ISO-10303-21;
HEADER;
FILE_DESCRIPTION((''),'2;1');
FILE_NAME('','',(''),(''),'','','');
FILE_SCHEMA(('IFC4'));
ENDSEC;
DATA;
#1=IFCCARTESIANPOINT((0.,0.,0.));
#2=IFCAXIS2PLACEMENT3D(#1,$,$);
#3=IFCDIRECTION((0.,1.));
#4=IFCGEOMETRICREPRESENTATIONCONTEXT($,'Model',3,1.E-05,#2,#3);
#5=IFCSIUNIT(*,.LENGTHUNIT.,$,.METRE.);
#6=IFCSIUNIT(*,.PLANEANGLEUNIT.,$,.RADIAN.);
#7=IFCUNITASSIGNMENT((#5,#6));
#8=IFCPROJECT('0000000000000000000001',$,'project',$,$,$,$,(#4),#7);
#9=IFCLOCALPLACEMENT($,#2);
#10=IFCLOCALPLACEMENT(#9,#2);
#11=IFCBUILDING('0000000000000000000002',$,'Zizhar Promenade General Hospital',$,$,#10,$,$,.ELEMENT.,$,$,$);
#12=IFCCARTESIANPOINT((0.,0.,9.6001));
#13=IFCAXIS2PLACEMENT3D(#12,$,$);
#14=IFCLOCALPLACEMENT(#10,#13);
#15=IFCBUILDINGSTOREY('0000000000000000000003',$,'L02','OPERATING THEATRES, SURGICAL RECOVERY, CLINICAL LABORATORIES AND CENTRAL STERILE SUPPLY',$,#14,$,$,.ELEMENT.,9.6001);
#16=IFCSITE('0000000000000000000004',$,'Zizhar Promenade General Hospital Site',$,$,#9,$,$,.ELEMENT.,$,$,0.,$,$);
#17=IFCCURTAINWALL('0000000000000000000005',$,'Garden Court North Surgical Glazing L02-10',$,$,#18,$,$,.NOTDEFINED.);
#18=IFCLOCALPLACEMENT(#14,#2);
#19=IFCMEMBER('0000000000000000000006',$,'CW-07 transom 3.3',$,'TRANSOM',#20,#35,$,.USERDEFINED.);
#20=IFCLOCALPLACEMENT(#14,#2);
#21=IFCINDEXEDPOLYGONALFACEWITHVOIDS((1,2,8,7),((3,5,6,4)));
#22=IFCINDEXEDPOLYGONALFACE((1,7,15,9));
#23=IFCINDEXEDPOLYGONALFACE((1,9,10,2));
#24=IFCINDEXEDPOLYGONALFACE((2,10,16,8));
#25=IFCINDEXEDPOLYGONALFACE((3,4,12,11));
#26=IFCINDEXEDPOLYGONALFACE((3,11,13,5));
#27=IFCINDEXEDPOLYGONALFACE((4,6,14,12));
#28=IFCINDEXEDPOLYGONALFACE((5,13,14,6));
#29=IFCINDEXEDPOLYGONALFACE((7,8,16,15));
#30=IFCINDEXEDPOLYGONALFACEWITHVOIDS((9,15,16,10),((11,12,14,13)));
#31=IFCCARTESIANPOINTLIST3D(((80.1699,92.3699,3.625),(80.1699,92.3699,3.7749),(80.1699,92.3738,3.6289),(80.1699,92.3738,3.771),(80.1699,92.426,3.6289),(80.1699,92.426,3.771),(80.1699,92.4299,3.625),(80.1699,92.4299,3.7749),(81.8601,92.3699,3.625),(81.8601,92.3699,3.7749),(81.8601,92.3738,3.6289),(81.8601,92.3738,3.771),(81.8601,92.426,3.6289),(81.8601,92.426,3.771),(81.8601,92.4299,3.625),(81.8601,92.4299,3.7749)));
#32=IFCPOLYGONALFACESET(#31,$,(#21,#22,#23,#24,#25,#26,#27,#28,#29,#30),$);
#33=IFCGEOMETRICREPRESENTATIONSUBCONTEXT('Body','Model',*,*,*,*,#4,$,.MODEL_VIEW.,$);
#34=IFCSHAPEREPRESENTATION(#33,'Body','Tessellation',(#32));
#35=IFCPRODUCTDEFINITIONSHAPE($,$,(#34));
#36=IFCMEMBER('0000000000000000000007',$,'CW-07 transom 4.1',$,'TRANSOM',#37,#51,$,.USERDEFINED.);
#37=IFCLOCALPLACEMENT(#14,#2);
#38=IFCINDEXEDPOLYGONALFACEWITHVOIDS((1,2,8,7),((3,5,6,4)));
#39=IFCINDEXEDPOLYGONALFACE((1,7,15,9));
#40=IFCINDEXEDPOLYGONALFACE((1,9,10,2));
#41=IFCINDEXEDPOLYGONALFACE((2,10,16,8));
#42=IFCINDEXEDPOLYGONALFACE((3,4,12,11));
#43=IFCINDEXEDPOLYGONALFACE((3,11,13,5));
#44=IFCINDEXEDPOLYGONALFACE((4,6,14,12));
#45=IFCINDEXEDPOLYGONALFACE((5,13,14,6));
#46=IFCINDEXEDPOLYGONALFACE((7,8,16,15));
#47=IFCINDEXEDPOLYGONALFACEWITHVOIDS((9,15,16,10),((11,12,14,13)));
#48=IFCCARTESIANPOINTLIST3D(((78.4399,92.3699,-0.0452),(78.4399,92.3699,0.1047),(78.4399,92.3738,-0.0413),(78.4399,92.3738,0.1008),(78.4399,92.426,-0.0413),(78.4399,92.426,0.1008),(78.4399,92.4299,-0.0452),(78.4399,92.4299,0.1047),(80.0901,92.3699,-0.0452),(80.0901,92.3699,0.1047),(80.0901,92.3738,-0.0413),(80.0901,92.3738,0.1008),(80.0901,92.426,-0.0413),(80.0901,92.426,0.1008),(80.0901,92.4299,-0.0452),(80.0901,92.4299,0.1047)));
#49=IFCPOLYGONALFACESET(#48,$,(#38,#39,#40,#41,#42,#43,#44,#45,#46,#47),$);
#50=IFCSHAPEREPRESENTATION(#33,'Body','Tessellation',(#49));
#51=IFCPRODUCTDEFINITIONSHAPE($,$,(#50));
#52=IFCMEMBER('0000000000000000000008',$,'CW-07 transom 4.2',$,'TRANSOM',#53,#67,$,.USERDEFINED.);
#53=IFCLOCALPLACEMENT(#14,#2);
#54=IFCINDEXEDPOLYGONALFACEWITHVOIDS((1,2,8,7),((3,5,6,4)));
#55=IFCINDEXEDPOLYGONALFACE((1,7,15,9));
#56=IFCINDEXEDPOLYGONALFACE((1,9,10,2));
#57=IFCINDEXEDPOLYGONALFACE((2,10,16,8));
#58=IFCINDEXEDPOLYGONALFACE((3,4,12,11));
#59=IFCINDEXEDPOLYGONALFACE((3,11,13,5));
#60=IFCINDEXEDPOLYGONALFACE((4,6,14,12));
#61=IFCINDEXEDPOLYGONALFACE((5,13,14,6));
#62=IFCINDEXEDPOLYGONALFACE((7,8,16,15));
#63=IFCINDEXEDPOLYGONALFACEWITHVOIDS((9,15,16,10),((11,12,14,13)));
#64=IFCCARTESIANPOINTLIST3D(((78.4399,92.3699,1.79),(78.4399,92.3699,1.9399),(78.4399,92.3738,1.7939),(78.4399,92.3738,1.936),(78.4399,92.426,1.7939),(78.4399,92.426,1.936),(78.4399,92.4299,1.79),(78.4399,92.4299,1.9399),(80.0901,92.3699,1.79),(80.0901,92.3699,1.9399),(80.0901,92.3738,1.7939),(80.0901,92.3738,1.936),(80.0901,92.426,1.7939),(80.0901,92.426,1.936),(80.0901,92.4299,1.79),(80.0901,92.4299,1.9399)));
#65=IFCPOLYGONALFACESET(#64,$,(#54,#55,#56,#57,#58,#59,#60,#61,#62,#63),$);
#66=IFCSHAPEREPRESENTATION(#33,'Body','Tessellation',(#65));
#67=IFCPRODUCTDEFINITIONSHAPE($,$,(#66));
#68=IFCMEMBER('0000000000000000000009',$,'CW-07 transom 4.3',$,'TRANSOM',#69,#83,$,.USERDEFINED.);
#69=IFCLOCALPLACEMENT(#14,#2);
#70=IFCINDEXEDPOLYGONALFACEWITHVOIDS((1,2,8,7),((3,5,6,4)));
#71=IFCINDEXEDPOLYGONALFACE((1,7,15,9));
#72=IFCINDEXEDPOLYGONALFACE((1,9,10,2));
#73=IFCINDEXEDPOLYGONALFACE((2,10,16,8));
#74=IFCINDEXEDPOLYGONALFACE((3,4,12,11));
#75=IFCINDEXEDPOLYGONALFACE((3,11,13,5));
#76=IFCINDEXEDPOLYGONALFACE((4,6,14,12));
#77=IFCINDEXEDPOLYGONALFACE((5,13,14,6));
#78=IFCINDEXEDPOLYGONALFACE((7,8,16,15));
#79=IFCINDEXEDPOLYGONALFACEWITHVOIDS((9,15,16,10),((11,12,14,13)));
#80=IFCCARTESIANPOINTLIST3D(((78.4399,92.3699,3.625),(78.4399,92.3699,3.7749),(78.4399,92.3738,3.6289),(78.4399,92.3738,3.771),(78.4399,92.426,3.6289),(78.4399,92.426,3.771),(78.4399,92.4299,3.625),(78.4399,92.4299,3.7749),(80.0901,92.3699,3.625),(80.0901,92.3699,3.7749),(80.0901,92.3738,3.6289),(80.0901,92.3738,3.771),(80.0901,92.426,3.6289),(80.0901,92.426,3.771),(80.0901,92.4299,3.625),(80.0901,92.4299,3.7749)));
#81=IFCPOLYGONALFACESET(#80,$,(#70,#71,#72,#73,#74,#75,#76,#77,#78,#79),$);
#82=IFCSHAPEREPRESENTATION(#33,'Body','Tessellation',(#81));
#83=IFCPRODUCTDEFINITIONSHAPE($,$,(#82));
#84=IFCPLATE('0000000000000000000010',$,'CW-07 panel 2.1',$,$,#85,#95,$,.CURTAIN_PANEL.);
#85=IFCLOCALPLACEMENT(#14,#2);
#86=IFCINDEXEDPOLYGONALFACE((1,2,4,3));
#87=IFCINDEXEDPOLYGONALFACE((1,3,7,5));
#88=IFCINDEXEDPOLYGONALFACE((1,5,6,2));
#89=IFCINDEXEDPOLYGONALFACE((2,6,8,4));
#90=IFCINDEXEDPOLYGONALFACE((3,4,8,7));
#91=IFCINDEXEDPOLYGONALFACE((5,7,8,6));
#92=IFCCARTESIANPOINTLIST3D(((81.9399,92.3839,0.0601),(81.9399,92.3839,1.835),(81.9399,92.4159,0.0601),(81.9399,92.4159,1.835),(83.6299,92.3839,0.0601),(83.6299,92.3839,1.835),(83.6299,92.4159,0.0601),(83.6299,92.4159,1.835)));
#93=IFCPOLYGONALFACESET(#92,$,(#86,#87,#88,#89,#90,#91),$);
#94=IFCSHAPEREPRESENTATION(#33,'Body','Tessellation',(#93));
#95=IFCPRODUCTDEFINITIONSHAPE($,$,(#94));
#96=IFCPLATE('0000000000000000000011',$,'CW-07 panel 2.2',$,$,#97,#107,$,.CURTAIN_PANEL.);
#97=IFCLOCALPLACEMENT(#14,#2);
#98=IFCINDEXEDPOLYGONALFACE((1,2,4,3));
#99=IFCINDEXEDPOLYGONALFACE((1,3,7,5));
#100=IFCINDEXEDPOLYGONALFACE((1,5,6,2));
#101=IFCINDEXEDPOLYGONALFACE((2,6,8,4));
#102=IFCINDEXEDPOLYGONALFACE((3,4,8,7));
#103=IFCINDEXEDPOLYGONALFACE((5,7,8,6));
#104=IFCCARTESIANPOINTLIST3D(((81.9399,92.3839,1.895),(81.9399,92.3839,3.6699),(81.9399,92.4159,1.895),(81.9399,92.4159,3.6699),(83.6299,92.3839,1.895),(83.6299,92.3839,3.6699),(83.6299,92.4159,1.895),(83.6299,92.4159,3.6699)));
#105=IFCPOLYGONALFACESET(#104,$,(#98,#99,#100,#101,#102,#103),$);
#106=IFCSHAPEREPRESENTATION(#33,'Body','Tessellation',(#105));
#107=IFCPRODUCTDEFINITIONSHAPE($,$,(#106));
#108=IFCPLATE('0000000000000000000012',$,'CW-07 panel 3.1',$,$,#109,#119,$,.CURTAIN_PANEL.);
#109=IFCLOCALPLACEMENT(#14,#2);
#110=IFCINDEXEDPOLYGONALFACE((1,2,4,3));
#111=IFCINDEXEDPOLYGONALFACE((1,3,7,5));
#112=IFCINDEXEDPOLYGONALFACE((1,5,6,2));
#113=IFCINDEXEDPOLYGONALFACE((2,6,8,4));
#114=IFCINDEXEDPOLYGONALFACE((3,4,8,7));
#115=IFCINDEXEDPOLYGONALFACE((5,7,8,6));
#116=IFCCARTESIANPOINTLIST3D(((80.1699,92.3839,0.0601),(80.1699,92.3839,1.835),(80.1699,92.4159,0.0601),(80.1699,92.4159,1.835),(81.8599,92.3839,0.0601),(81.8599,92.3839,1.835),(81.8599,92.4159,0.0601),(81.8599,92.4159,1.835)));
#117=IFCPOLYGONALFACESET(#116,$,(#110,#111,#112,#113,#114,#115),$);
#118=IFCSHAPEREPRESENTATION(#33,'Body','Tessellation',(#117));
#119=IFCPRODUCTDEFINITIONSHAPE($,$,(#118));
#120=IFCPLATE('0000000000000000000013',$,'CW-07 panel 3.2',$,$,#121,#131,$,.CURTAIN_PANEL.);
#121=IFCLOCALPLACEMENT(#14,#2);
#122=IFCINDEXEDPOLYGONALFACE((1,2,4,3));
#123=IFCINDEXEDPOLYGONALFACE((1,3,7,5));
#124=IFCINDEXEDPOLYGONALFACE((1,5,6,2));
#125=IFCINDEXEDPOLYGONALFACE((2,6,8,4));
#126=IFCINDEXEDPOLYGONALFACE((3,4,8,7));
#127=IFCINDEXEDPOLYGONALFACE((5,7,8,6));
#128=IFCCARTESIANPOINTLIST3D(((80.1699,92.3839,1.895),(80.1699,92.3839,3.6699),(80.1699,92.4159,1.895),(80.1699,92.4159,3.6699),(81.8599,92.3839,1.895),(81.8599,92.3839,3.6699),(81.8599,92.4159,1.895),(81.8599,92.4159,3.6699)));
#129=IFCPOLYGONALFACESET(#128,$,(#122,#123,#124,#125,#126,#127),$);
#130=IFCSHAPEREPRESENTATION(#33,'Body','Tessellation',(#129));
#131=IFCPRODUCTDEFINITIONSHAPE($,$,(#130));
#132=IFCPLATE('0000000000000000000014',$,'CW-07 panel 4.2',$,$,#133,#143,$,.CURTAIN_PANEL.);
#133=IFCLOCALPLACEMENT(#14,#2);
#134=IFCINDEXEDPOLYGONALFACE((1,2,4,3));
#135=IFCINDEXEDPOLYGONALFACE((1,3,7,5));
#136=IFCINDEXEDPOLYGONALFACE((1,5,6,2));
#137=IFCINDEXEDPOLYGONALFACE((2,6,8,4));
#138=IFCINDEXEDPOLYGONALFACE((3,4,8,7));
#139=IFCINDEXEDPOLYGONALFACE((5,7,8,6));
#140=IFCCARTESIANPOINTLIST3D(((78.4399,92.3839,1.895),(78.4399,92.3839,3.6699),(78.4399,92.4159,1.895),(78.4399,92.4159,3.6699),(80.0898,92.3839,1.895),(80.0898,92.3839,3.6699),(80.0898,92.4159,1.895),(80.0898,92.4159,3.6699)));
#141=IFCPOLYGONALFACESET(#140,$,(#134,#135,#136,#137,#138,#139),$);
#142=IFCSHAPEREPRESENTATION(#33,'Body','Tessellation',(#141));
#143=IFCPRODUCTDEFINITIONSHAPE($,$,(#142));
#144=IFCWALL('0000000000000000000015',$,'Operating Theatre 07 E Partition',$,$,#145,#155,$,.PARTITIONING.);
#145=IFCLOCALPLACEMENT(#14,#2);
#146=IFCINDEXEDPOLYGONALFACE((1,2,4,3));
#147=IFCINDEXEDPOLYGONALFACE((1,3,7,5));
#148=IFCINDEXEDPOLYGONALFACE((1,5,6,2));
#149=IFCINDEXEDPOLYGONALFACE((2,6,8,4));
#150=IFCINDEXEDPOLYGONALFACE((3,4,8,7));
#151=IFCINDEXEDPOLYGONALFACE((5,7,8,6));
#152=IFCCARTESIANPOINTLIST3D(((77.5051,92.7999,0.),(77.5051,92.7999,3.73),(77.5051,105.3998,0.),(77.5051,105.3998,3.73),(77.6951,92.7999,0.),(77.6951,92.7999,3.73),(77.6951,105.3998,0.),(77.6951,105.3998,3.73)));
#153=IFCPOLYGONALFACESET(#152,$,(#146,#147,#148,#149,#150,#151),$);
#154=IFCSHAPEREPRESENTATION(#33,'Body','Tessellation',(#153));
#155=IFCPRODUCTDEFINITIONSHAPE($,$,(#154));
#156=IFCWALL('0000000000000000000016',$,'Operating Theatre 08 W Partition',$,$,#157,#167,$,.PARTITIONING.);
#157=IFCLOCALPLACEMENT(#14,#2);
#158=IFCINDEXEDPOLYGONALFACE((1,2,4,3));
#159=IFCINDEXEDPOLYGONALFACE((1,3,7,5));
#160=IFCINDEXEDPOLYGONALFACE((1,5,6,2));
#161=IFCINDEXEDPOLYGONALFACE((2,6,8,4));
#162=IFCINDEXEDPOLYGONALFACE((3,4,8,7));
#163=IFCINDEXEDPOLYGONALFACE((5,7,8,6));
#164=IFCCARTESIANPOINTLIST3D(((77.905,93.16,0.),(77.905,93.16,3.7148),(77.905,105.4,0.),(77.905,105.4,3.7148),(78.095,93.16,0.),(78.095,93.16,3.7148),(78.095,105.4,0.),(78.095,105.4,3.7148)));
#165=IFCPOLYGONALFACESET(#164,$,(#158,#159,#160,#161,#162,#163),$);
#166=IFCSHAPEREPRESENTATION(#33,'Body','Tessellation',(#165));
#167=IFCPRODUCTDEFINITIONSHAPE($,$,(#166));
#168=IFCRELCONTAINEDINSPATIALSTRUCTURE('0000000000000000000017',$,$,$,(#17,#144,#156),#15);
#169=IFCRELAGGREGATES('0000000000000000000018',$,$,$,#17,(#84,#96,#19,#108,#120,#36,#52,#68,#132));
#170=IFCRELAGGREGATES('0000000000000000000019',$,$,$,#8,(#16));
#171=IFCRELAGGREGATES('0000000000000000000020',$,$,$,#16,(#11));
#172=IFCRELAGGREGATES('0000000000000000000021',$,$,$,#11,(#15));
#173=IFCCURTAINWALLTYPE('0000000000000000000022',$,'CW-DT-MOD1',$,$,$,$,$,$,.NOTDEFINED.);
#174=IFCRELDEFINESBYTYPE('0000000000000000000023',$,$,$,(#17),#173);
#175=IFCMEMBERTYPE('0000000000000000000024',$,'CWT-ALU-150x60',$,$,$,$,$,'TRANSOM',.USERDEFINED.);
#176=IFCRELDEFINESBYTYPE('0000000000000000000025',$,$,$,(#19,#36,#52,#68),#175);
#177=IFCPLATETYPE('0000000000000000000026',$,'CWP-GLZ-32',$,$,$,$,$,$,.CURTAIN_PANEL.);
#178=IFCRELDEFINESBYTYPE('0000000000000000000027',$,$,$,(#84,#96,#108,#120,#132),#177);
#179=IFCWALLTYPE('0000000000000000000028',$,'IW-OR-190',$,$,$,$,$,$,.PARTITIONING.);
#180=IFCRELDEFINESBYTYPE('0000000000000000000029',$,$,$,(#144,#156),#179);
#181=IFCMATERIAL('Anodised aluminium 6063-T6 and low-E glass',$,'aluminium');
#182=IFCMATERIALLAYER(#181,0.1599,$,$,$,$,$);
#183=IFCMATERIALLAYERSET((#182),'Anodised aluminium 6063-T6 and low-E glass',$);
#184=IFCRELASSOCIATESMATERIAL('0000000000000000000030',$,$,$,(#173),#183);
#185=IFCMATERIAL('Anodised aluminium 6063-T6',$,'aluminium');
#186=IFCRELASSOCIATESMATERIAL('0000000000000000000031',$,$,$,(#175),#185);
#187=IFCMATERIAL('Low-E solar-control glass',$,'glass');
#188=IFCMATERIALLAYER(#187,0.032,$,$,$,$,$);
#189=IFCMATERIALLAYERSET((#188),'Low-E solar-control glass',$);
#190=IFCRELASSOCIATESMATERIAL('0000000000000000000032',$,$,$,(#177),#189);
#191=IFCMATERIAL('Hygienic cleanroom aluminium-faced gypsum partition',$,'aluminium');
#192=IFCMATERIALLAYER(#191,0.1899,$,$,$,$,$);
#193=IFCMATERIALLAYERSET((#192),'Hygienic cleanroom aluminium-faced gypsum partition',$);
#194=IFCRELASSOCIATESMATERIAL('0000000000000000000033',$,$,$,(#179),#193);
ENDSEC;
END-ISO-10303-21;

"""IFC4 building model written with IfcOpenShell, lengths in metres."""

from ifc_helpers import new_model, si_unit, direction, frame, frame_2d, origin, origin_2d, place, context, subcontext, project, spatial, rectangle, hollow_rectangle, extrude, material, layer, layer_set, material_profile, profile_set, type_object, element, aggregate, save


model = new_model("IFC4")

# Units and contexts
model_context = context("Model", 3, precision=1e-05, world=origin(), true_north=direction((0.0, 1.0)))
body_context = subcontext(model_context, "Body", "Model", "MODEL_VIEW")
ifc_project = project(units=[si_unit("LENGTHUNIT", "METRE"), si_unit("PLANEANGLEUNIT", "RADIAN")], contexts=[model_context])

# Site, building, storey
site_placement = place(None, origin())
site = spatial("IfcSite", under=ifc_project, at=site_placement, Name="Zizhar Promenade General Hospital Site", CompositionType="ELEMENT", RefElevation=0.0)
building_placement = place(site_placement, origin())
building = spatial("IfcBuilding", under=site, at=building_placement, Name="Zizhar Promenade General Hospital", CompositionType="ELEMENT")
storey_placement = place(building_placement, frame((0.0, 0.0, 9.6001)))
storey = spatial("IfcBuildingStorey", under=building, at=storey_placement, Name="L02", Description="OPERATING THEATRES, SURGICAL RECOVERY, CLINICAL LABORATORIES AND CENTRAL STERILE SUPPLY", CompositionType="ELEMENT", Elevation=9.6001)

# Curtain wall, members, plates
ifc_material_1 = material(Name="Anodised aluminium 6063-T6 and low-E glass", Category="aluminium")
ifc_layer_1 = layer(ifc_material_1, 0.1599)
ifc_layer_set_1 = layer_set([ifc_layer_1], Name="Anodised aluminium 6063-T6 and low-E glass")
curtain_wall_type = type_object("IfcCurtainWallType", Name="CW-DT-MOD1", PredefinedType="NOTDEFINED", material=ifc_layer_set_1)
curtain_wall_placement = place(storey_placement, origin())
curtain_wall = element("IfcCurtainWall", 1, at=curtain_wall_placement, inside=storey, type_object=curtain_wall_type, Name="Garden Court North Surgical Glazing L02-10", PredefinedType="NOTDEFINED")
ifc_material_2 = material(Name="Anodised aluminium 6063-T6", Category="aluminium")
ifc_material_profile_1 = material_profile(ifc_material_2, hollow_rectangle(XDim=0.0601, YDim=0.1499, WallThickness=0.0039, at=origin_2d()))
ifc_profile_set_1 = profile_set([ifc_material_profile_1], Name="Anodised aluminium 6063-T6")
member_type_1 = type_object("IfcMemberType", Name="CWT-ALU-150x60", ElementType="TRANSOM", PredefinedType="USERDEFINED", material=ifc_profile_set_1)
member_1_placement = place(storey_placement, frame((81.8601, 92.3999, 3.7), z_axis=(-1.0, 0.0, 0.0), x_axis=(0.0, -1.0, 0.0)))
member_1 = element("IfcMember", 2, at=member_1_placement, type_object=member_type_1, Name="CW-07 transom 3.3", ObjectType="TRANSOM", PredefinedType="USERDEFINED", context=body_context, shape_type="SweptSolid", body=[
    extrude(hollow_rectangle(XDim=0.0601, YDim=0.1499, WallThickness=0.0039, at=origin_2d()), origin(), (0.0, 0.0, 1.0), 1.6902),
])
member_2_placement = place(storey_placement, frame((80.0901, 92.3999, 0.0298), z_axis=(-1.0, 0.0, 0.0), x_axis=(0.0, -1.0, 0.0)))
member_2 = element("IfcMember", 3, at=member_2_placement, type_object=member_type_1, Name="CW-07 transom 4.1", ObjectType="TRANSOM", PredefinedType="USERDEFINED", context=body_context, shape_type="SweptSolid", body=[
    extrude(hollow_rectangle(XDim=0.0601, YDim=0.1499, WallThickness=0.0039, at=origin_2d()), origin(), (0.0, 0.0, 1.0), 1.6501),
])
member_3_placement = place(storey_placement, frame((80.0901, 92.3999, 1.865), z_axis=(-1.0, 0.0, 0.0), x_axis=(0.0, -1.0, 0.0)))
member_3 = element("IfcMember", 4, at=member_3_placement, type_object=member_type_1, Name="CW-07 transom 4.2", ObjectType="TRANSOM", PredefinedType="USERDEFINED", context=body_context, shape_type="SweptSolid", body=[
    extrude(hollow_rectangle(XDim=0.0601, YDim=0.1499, WallThickness=0.0039, at=origin_2d()), origin(), (0.0, 0.0, 1.0), 1.6501),
])
member_4_placement = place(storey_placement, frame((80.0901, 92.3999, 3.7), z_axis=(-1.0, 0.0, 0.0), x_axis=(0.0, -1.0, 0.0)))
member_4 = element("IfcMember", 5, at=member_4_placement, type_object=member_type_1, Name="CW-07 transom 4.3", ObjectType="TRANSOM", PredefinedType="USERDEFINED", context=body_context, shape_type="SweptSolid", body=[
    extrude(hollow_rectangle(XDim=0.0601, YDim=0.1499, WallThickness=0.0039, at=origin_2d()), origin(), (0.0, 0.0, 1.0), 1.6501),
])
ifc_material_3 = material(Name="Low-E solar-control glass", Category="glass")
ifc_layer_2 = layer(ifc_material_3, 0.032)
ifc_layer_set_2 = layer_set([ifc_layer_2], Name="Low-E solar-control glass")
plate_type = type_object("IfcPlateType", Name="CWP-GLZ-32", PredefinedType="CURTAIN_PANEL", material=ifc_layer_set_2)
plate_1_placement = place(storey_placement, frame((82.7849, 92.3999, 0.0601), z_axis=(0.0, 0.0, 1.0), x_axis=(-1.0, 0.0, 0.0)))
plate_1 = element("IfcPlate", 6, at=plate_1_placement, type_object=plate_type, Name="CW-07 panel 2.1", PredefinedType="CURTAIN_PANEL", context=body_context, shape_type="SweptSolid", body=[
    extrude(rectangle(XDim=1.6899, YDim=0.032, at=origin_2d()), origin(), (0.0, 0.0, 1.0), 1.7749),
])
plate_2_placement = place(storey_placement, frame((82.7849, 92.3999, 1.895), z_axis=(0.0, 0.0, 1.0), x_axis=(-1.0, 0.0, 0.0)))
plate_2 = element("IfcPlate", 7, at=plate_2_placement, type_object=plate_type, Name="CW-07 panel 2.2", PredefinedType="CURTAIN_PANEL", context=body_context, shape_type="SweptSolid", body=[
    extrude(rectangle(XDim=1.6899, YDim=0.032, at=origin_2d()), origin(), (0.0, 0.0, 1.0), 1.7749),
])
plate_3_placement = place(storey_placement, frame((81.0149, 92.3999, 0.0601), z_axis=(0.0, 0.0, 1.0), x_axis=(-1.0, 0.0, 0.0)))
plate_3 = element("IfcPlate", 8, at=plate_3_placement, type_object=plate_type, Name="CW-07 panel 3.1", PredefinedType="CURTAIN_PANEL", context=body_context, shape_type="SweptSolid", body=[
    extrude(rectangle(XDim=1.6899, YDim=0.032, at=origin_2d()), origin(), (0.0, 0.0, 1.0), 1.7749),
])
plate_4_placement = place(storey_placement, frame((81.0149, 92.3999, 1.895), z_axis=(0.0, 0.0, 1.0), x_axis=(-1.0, 0.0, 0.0)))
plate_4 = element("IfcPlate", 9, at=plate_4_placement, type_object=plate_type, Name="CW-07 panel 3.2", PredefinedType="CURTAIN_PANEL", context=body_context, shape_type="SweptSolid", body=[
    extrude(rectangle(XDim=1.6899, YDim=0.032, at=origin_2d()), origin(), (0.0, 0.0, 1.0), 1.7749),
])
plate_5_placement = place(storey_placement, frame((79.2649, 92.3999, 1.895), z_axis=(0.0, 0.0, 1.0), x_axis=(-1.0, 0.0, 0.0)))
plate_5 = element("IfcPlate", 10, at=plate_5_placement, type_object=plate_type, Name="CW-07 panel 4.2", PredefinedType="CURTAIN_PANEL", context=body_context, shape_type="SweptSolid", body=[
    extrude(rectangle(XDim=1.6499, YDim=0.032, at=origin_2d()), origin(), (0.0, 0.0, 1.0), 1.7749),
])
aggregate(curtain_wall, [plate_1, plate_2, member_1, plate_3, plate_4, member_2, member_3, member_4, plate_5])

# Walls
ifc_material_4 = material(Name="Hygienic cleanroom aluminium-faced gypsum partition", Category="aluminium")
ifc_layer_3 = layer(ifc_material_4, 0.1899)
ifc_layer_set_3 = layer_set([ifc_layer_3], Name="Hygienic cleanroom aluminium-faced gypsum partition")
wall_type = type_object("IfcWallType", Name="IW-OR-190", PredefinedType="PARTITIONING", material=ifc_layer_set_3)
wall_1_placement = place(storey_placement, frame((77.6001, 92.8, 0.0), z_axis=(0.0, 0.0, 1.0), x_axis=(0.0, 1.0, 0.0)))
element("IfcWall", 11, at=wall_1_placement, inside=storey, type_object=wall_type, Name="Operating Theatre 07 E Partition", PredefinedType="PARTITIONING", context=body_context, shape_type="SweptSolid", body=[
    extrude(rectangle(XDim=12.5999, YDim=0.1899, at=frame_2d((6.2998, 0.0))), origin(), (0.0, 0.0, 1.0), 3.73),
])
wall_2_placement = place(storey_placement, frame((78.0, 93.1599, 0.0), z_axis=(0.0, 0.0, 1.0), x_axis=(0.0, 1.0, 0.0)))
element("IfcWall", 12, at=wall_2_placement, inside=storey, type_object=wall_type, Name="Operating Theatre 08 W Partition", PredefinedType="PARTITIONING", context=body_context, shape_type="SweptSolid", body=[
    extrude(rectangle(XDim=12.24, YDim=0.1899, at=frame_2d((6.1201, 0.0))), origin(), (0.0, 0.0, 1.0), 3.7148),
])

save(model, "model.ifc")
